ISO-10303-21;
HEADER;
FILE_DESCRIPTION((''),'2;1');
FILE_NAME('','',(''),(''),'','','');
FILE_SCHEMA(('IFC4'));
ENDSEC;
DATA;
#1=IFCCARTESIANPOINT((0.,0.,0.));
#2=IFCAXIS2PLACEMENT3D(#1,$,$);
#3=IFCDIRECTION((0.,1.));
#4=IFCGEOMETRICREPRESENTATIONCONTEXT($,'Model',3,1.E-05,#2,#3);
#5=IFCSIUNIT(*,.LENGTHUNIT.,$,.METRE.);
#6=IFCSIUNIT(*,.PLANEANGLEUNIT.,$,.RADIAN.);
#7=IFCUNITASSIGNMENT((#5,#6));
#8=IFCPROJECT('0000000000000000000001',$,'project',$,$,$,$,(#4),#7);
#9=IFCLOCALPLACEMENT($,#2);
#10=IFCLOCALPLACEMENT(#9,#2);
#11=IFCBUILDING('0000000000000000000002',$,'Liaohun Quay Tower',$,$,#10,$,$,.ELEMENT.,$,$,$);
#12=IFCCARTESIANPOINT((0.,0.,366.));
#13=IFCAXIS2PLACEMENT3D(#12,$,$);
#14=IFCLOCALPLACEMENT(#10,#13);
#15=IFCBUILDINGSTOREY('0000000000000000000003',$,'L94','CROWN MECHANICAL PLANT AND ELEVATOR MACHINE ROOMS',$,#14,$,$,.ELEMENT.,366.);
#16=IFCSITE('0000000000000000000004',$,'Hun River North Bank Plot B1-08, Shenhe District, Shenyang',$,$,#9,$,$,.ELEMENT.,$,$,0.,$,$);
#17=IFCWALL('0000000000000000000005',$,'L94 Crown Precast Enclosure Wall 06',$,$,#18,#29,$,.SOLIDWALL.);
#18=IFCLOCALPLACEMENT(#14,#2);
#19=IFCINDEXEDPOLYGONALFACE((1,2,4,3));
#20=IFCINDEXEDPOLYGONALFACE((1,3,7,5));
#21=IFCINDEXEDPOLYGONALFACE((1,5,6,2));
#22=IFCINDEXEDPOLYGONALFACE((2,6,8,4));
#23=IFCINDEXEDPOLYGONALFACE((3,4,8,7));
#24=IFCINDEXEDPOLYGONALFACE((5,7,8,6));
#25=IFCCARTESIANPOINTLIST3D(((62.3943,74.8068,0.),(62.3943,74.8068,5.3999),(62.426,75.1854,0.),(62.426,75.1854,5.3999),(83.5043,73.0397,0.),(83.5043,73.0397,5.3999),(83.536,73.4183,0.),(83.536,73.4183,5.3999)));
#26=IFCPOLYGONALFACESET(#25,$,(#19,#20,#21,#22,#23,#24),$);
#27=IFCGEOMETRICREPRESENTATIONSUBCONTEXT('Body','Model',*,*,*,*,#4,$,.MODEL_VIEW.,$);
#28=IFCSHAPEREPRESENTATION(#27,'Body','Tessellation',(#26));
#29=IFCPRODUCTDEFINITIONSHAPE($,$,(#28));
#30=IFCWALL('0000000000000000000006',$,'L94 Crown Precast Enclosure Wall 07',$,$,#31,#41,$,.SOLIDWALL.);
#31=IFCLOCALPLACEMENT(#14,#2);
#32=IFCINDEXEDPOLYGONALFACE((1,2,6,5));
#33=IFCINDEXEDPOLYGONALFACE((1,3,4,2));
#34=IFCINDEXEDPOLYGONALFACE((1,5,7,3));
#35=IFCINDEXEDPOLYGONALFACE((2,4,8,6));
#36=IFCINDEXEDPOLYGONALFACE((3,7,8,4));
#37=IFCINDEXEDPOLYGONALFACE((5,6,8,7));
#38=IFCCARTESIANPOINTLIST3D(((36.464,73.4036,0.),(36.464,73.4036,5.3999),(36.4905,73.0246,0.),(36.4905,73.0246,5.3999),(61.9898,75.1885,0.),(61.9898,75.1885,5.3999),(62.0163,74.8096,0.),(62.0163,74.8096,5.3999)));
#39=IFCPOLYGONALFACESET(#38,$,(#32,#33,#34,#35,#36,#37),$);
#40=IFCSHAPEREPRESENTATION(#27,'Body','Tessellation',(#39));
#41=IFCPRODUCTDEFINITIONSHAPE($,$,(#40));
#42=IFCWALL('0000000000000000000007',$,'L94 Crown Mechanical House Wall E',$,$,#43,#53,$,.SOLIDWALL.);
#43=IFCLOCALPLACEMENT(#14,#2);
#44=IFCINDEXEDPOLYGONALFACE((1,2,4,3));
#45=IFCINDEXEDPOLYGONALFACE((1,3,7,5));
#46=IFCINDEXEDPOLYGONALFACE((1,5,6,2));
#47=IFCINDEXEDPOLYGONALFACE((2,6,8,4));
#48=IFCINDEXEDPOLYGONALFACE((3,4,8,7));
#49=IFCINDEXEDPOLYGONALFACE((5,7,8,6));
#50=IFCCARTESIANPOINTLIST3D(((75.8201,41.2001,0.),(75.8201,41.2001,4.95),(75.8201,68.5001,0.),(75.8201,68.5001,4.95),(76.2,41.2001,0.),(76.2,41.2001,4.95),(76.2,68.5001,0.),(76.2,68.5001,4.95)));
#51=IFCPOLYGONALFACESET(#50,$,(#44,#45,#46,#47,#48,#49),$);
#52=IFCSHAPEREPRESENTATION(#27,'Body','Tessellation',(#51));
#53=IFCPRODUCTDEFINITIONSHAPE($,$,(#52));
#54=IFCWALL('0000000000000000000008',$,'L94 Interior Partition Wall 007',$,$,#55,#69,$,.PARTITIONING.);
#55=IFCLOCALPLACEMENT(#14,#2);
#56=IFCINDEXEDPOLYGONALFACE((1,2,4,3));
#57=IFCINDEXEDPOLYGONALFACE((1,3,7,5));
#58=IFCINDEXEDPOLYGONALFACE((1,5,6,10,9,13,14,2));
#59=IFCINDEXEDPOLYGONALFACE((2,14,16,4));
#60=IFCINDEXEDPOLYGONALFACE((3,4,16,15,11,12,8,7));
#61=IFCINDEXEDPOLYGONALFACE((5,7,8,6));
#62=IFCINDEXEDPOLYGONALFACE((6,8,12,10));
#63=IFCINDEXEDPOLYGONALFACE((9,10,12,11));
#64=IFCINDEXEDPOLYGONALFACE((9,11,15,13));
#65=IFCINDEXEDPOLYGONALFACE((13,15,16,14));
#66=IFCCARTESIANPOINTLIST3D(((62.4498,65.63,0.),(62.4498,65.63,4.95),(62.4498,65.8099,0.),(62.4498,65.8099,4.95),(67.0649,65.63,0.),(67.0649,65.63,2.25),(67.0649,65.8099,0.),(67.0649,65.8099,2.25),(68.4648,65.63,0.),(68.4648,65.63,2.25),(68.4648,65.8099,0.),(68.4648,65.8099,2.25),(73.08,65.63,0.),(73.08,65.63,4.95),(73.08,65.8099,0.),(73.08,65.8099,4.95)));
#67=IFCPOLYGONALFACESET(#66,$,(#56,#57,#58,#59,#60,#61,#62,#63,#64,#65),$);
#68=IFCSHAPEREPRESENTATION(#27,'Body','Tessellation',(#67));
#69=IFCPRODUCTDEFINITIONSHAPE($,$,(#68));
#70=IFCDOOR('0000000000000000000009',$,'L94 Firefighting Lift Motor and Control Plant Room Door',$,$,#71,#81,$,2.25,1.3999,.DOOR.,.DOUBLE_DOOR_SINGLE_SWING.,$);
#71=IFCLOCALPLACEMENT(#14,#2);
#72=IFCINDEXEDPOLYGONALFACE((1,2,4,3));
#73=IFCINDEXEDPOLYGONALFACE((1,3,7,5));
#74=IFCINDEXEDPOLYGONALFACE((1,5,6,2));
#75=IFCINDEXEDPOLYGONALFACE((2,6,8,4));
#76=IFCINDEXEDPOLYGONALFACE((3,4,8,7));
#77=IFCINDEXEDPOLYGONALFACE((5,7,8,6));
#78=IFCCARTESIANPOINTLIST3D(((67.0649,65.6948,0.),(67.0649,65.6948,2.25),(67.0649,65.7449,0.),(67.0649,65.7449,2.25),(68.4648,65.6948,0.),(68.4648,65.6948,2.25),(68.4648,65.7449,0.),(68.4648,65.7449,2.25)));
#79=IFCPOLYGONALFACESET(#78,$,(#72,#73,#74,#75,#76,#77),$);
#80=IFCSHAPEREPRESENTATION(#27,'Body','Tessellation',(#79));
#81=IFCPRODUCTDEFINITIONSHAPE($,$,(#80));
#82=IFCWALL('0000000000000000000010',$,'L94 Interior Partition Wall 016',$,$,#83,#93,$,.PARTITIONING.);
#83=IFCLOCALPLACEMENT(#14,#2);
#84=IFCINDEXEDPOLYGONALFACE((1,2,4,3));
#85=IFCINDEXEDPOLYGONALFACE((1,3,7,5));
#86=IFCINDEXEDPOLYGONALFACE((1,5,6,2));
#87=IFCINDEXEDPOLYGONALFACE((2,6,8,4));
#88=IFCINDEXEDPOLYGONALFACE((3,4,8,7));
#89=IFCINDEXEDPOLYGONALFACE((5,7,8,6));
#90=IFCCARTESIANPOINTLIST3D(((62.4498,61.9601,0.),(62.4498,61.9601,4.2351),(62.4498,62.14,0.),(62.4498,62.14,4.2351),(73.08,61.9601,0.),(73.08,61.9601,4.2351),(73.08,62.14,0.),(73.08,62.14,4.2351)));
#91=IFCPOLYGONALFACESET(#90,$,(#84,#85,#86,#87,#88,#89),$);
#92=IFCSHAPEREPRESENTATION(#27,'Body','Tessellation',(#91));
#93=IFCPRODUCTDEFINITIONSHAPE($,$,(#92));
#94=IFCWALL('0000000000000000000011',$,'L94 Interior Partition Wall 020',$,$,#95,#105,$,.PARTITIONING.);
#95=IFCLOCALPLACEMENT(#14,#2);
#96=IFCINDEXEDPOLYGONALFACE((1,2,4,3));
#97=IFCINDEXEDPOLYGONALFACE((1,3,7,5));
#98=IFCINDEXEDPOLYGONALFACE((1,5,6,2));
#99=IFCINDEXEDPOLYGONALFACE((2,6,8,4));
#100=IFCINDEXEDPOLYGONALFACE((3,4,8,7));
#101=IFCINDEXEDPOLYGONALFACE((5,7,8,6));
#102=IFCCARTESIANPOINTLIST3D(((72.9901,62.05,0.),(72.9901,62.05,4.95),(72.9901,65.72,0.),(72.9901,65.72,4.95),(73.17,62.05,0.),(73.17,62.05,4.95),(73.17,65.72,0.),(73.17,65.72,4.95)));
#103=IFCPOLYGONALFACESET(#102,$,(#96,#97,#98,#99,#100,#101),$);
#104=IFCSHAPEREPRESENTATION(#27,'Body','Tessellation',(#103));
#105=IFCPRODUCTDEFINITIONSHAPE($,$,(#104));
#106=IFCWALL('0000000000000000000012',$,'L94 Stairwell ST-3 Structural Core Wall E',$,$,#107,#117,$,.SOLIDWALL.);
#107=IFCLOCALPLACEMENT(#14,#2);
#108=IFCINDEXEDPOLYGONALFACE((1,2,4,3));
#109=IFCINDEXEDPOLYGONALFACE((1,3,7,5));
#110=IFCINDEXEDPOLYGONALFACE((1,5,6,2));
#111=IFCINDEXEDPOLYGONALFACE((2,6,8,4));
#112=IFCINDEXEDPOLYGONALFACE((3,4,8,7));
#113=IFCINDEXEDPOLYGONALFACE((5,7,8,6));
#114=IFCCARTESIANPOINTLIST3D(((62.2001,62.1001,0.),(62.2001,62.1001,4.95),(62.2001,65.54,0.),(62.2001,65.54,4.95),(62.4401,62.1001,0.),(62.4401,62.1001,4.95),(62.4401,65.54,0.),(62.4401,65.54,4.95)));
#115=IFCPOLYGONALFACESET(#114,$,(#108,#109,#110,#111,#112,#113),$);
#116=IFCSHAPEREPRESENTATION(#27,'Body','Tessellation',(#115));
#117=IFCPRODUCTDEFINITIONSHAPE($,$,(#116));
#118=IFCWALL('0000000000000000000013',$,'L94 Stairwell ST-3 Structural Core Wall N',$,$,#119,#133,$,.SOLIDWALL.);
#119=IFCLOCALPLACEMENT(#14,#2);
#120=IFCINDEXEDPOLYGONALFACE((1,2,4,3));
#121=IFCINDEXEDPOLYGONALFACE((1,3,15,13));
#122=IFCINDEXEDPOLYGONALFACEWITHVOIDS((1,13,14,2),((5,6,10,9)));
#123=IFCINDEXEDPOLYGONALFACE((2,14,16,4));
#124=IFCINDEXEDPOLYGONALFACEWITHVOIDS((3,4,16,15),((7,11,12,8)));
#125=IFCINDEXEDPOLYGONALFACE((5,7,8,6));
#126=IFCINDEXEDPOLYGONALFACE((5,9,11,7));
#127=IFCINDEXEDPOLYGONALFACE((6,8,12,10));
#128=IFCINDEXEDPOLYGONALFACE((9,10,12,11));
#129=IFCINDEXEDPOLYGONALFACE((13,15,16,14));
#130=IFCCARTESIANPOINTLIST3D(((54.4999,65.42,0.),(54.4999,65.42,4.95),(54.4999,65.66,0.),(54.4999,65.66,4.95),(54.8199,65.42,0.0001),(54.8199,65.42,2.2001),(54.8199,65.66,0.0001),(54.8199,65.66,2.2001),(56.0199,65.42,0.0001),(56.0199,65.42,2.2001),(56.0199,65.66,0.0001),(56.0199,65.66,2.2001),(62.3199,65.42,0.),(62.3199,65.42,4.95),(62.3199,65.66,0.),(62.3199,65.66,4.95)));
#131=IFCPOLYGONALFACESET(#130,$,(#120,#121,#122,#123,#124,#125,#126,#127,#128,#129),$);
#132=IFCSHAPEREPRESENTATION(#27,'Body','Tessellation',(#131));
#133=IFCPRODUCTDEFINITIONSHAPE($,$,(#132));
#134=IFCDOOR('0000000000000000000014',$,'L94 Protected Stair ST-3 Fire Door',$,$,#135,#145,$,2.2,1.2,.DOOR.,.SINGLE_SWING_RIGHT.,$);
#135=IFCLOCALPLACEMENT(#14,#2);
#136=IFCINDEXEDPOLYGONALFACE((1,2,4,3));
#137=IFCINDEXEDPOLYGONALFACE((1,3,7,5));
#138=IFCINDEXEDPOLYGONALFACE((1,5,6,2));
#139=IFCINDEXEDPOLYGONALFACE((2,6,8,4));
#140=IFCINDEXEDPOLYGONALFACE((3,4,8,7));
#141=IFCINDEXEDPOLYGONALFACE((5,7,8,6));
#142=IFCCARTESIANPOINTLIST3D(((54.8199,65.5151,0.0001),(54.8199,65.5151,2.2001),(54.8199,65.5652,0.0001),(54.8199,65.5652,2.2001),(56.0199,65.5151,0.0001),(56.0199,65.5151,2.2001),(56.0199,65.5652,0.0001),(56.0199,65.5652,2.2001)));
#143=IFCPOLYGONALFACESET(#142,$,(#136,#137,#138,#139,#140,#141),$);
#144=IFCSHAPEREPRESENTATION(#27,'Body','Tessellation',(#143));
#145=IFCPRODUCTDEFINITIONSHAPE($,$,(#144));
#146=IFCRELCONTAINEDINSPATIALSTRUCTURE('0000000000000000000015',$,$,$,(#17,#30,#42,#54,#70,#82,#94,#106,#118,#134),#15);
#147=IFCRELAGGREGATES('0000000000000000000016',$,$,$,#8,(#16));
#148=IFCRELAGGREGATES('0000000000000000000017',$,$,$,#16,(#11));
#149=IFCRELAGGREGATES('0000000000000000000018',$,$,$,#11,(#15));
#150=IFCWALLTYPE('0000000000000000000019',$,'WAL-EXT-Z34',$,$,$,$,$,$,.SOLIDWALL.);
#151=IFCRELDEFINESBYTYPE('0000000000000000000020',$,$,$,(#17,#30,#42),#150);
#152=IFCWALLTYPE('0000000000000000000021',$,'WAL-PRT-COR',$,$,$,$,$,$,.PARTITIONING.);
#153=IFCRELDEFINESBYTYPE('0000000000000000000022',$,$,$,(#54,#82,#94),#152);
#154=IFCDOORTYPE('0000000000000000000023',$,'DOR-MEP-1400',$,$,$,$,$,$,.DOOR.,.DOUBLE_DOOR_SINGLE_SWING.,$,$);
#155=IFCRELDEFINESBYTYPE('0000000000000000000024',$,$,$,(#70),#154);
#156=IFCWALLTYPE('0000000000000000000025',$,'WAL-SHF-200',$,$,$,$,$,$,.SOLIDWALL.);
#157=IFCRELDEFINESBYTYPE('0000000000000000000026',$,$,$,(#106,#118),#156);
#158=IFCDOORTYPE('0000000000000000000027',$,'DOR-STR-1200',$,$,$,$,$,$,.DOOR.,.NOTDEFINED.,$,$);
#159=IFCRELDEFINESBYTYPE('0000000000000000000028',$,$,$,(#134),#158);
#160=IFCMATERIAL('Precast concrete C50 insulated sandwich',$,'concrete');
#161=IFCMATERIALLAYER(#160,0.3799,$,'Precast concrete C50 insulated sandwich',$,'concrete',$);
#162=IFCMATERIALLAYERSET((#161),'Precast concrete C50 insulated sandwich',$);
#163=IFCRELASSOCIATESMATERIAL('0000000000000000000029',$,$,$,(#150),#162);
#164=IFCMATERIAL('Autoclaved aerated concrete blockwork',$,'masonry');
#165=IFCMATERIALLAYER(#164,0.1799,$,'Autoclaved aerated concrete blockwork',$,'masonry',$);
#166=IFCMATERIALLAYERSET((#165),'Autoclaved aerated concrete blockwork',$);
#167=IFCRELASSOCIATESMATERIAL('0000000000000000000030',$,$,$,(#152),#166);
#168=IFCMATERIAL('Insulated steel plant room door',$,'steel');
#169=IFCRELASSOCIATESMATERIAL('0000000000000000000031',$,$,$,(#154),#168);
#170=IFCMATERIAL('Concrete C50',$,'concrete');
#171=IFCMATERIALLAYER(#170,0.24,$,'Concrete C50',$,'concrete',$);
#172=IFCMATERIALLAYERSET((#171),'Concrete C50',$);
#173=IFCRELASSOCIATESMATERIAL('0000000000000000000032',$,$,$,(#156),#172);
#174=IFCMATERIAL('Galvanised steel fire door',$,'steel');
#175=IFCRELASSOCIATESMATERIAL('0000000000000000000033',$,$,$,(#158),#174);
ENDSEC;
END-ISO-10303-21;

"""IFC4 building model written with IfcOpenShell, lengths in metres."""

from ifc_helpers import new_model, si_unit, direction, frame, frame_2d, origin, place, context, subcontext, project, spatial, rectangle, extrude, source, transform, mapped, material, layer, layer_set, type_object, element, fill, save


model = new_model("IFC4")

# Units and contexts
model_context = context("Model", 3, precision=1e-05, world=origin(), true_north=direction((0.0, 1.0)))
body_context = subcontext(model_context, "Body", "Model", "MODEL_VIEW")
ifc_project = project(units=[si_unit("LENGTHUNIT", "METRE"), si_unit("PLANEANGLEUNIT", "RADIAN")], contexts=[model_context])

# Site, building, storey
site_placement = place(None, origin())
site = spatial("IfcSite", under=ifc_project, at=site_placement, Name="Hun River North Bank Plot B1-08, Shenhe District, Shenyang", CompositionType="ELEMENT", RefElevation=0.0)
building_placement = place(site_placement, origin())
building = spatial("IfcBuilding", under=site, at=building_placement, Name="Liaohun Quay Tower", CompositionType="ELEMENT")
storey_placement = place(building_placement, frame((0.0, 0.0, 366.0)))
storey = spatial("IfcBuildingStorey", under=building, at=storey_placement, Name="L94", Description="CROWN MECHANICAL PLANT AND ELEVATOR MACHINE ROOMS", CompositionType="ELEMENT", Elevation=366.0)

# Shared definitions
ifc_material_1 = material(Name="Concrete C50", Category="concrete")

# Walls
ifc_material_2 = material(Name="Precast concrete C50 insulated sandwich", Category="concrete")
ifc_layer_1 = layer(ifc_material_2, 0.3799, Name="Precast concrete C50 insulated sandwich", Category="concrete")
ifc_layer_set_1 = layer_set([ifc_layer_1], Name="Precast concrete C50 insulated sandwich")
wall_type_1 = type_object("IfcWallType", Name="WAL-EXT-Z34", PredefinedType="SOLIDWALL", material=ifc_layer_set_1)
wall_1_placement = place(storey_placement, frame((83.52, 73.229, 0.0), z_axis=(0.0, 0.0, 1.0), x_axis=(-0.996515, 0.083416, 0.0)))
element("IfcWall", 1, at=wall_1_placement, inside=storey, type_object=wall_type_1, Name="L94 Crown Precast Enclosure Wall 06", PredefinedType="SOLIDWALL", context=body_context, shape_type="SweptSolid", body=[
    extrude(rectangle(XDim=21.1838, YDim=0.3799, at=frame_2d((10.5918, 0.0))), origin(), (0.0, 0.0, 1.0), 5.3999),
])
wall_2_placement = place(storey_placement, frame((62.0029, 74.999, 0.0), z_axis=(0.0, 0.0, 1.0), x_axis=(-0.997564, -0.069755, 0.0)))
element("IfcWall", 2, at=wall_2_placement, inside=storey, type_object=wall_type_1, Name="L94 Crown Precast Enclosure Wall 07", PredefinedType="SOLIDWALL", context=body_context, shape_type="SweptSolid", body=[
    extrude(rectangle(XDim=25.5881, YDim=0.3799, at=frame_2d((12.7939, 0.0))), origin(), (0.0, 0.0, 1.0), 5.3999),
])
wall_3_placement = place(storey_placement, frame((76.01, 68.5, 0.0), z_axis=(0.0, 0.0, 1.0), x_axis=(0.0, -1.0, 0.0)))
element("IfcWall", 3, at=wall_3_placement, inside=storey, type_object=wall_type_1, Name="L94 Crown Mechanical House Wall E", PredefinedType="SOLIDWALL", context=body_context, shape_type="SweptSolid", body=[
    extrude(rectangle(XDim=27.3, YDim=0.3799, at=frame_2d((13.6499, 0.0))), origin(), (0.0, 0.0, 1.0), 4.95),
])

# Wall, opening, door
ifc_material_3 = material(Name="Autoclaved aerated concrete blockwork", Category="masonry")
ifc_layer_2 = layer(ifc_material_3, 0.1799, Name="Autoclaved aerated concrete blockwork", Category="masonry")
ifc_layer_set_2 = layer_set([ifc_layer_2], Name="Autoclaved aerated concrete blockwork")
wall_type_2 = type_object("IfcWallType", Name="WAL-PRT-COR", PredefinedType="PARTITIONING", material=ifc_layer_set_2)
wall_4_placement = place(storey_placement, frame((62.45, 65.72, 0.0), z_axis=(0.0, 0.0, 1.0), x_axis=(1.0, 0.0, 0.0)))
wall_4 = element("IfcWall", 4, at=wall_4_placement, inside=storey, type_object=wall_type_2, Name="L94 Interior Partition Wall 007", PredefinedType="PARTITIONING", context=body_context, shape_type="SweptSolid", body=[
    extrude(rectangle(XDim=10.6301, YDim=0.1799, at=frame_2d((5.3149, 0.0))), origin(), (0.0, 0.0, 1.0), 4.95),
])
shared_shape_1 = source(origin(), body_context, "Body", "SweptSolid", [
    extrude(rectangle(XDim=1.3999, YDim=2.25, at=frame_2d((0.7, 1.125))), frame((0.0, 0.0999, 0.0), z_axis=(0.0, -1.0, 0.0), x_axis=(1.0, 0.0, 0.0)), (0.0, 0.0, 1.0), 0.2),
])
opening_1_placement = place(wall_4_placement, frame((4.615, 0.0, 0.0)))
opening_1 = element("IfcOpeningElement", 5, at=opening_1_placement, cuts=wall_4, PredefinedType="OPENING", context=body_context, shape_type="MappedRepresentation", body=[
    mapped(shared_shape_1, transform((0.0, 0.0, 0.0), x_axis=(1.0, 0.0, 0.0), y_axis=(0.0, 1.0, 0.0), z_axis=(0.0, 0.0, 1.0), scale=1.0)),
])
ifc_material_4 = material(Name="Insulated steel plant room door", Category="steel")
door_type_1 = type_object("IfcDoorType", Name="DOR-MEP-1400", OperationType="DOUBLE_DOOR_SINGLE_SWING", PredefinedType="DOOR", material=ifc_material_4)
shared_shape_2 = source(origin(), body_context, "Body", "SweptSolid", [
    extrude(rectangle(XDim=1.3999, YDim=2.25, at=frame_2d((0.7, 1.125))), frame((0.0, 0.0249, 0.0), z_axis=(0.0, -1.0, 0.0), x_axis=(1.0, 0.0, 0.0)), (0.0, 0.0, 1.0), 0.05),
])
door_1_placement = place(opening_1_placement, origin())
door_1 = element("IfcDoor", 6, at=door_1_placement, inside=storey, type_object=door_type_1, Name="L94 Firefighting Lift Motor and Control Plant Room Door", OperationType="DOUBLE_DOOR_SINGLE_SWING", OverallHeight=2.25, OverallWidth=1.3999, PredefinedType="DOOR", context=body_context, shape_type="MappedRepresentation", body=[
    mapped(shared_shape_2, transform((0.0, 0.0, 0.0), x_axis=(1.0, 0.0, 0.0), y_axis=(0.0, 1.0, 0.0), z_axis=(0.0, 0.0, 1.0), scale=1.0)),
])
fill(opening_1, door_1)

# Walls
wall_5_placement = place(storey_placement, frame((62.45, 62.05, 0.0), z_axis=(0.0, 0.0, 1.0), x_axis=(1.0, 0.0, 0.0)))
element("IfcWall", 7, at=wall_5_placement, inside=storey, type_object=wall_type_2, Name="L94 Interior Partition Wall 016", PredefinedType="PARTITIONING", context=body_context, shape_type="SweptSolid", body=[
    extrude(rectangle(XDim=10.6301, YDim=0.1799, at=frame_2d((5.3149, 0.0))), origin(), (0.0, 0.0, 1.0), 4.2351),
])
wall_6_placement = place(storey_placement, frame((73.0801, 62.05, 0.0), z_axis=(0.0, 0.0, 1.0), x_axis=(0.0, 1.0, 0.0)))
element("IfcWall", 8, at=wall_6_placement, inside=storey, type_object=wall_type_2, Name="L94 Interior Partition Wall 020", PredefinedType="PARTITIONING", context=body_context, shape_type="SweptSolid", body=[
    extrude(rectangle(XDim=3.6699, YDim=0.1799, at=frame_2d((1.835, 0.0))), origin(), (0.0, 0.0, 1.0), 4.95),
])
ifc_layer_3 = layer(ifc_material_1, 0.24, Name="Concrete C50", Category="concrete")
ifc_layer_set_3 = layer_set([ifc_layer_3], Name="Concrete C50")
wall_type_3 = type_object("IfcWallType", Name="WAL-SHF-200", PredefinedType="SOLIDWALL", material=ifc_layer_set_3)
wall_7_placement = place(storey_placement, frame((62.3201, 62.1001, 0.0), z_axis=(0.0, 0.0, 1.0), x_axis=(0.0, 1.0, 0.0)))
element("IfcWall", 9, at=wall_7_placement, inside=storey, type_object=wall_type_3, Name="L94 Stairwell ST-3 Structural Core Wall E", PredefinedType="SOLIDWALL", context=body_context, shape_type="SweptSolid", body=[
    extrude(rectangle(XDim=3.4399, YDim=0.24, at=frame_2d((1.72, 0.0))), origin(), (0.0, 0.0, 1.0), 4.95),
])

# Wall, opening, door
wall_8_placement = place(storey_placement, frame((62.3201, 65.54, 0.0), z_axis=(0.0, 0.0, 1.0), x_axis=(-1.0, 0.0, 0.0)))
wall_8 = element("IfcWall", 10, at=wall_8_placement, inside=storey, type_object=wall_type_3, Name="L94 Stairwell ST-3 Structural Core Wall N", PredefinedType="SOLIDWALL", context=body_context, shape_type="SweptSolid", body=[
    extrude(rectangle(XDim=7.8201, YDim=0.24, at=frame_2d((3.9102, 0.0))), origin(), (0.0, 0.0, 1.0), 4.95),
])
shared_shape_3 = source(origin(), body_context, "Body", "SweptSolid", [
    extrude(rectangle(XDim=1.2, YDim=2.2, at=frame_2d((0.6001, 1.1001))), frame((0.0, 0.1299, 0.0), z_axis=(0.0, -1.0, 0.0), x_axis=(1.0, 0.0, 0.0)), (0.0, 0.0, 1.0), 0.26),
])
opening_2_placement = place(wall_8_placement, frame((6.3, 0.0, 0.0)))
opening_2 = element("IfcOpeningElement", 11, at=opening_2_placement, cuts=wall_8, PredefinedType="OPENING", context=body_context, shape_type="MappedRepresentation", body=[
    mapped(shared_shape_3, transform((0.0, 0.0, 0.0), x_axis=(1.0, 0.0, 0.0), y_axis=(0.0, 1.0, 0.0), z_axis=(0.0, 0.0, 1.0), scale=1.0)),
])
ifc_material_5 = material(Name="Galvanised steel fire door", Category="steel")
door_type_2 = type_object("IfcDoorType", Name="DOR-STR-1200", OperationType="NOTDEFINED", PredefinedType="DOOR", material=ifc_material_5)
shared_shape_4 = source(origin(), body_context, "Body", "SweptSolid", [
    extrude(rectangle(XDim=1.2, YDim=2.2, at=frame_2d((0.6001, 1.1001))), frame((0.0, 0.0249, 0.0), z_axis=(0.0, -1.0, 0.0), x_axis=(1.0, 0.0, 0.0)), (0.0, 0.0, 1.0), 0.05),
])
door_2_placement = place(opening_2_placement, origin())
door_2 = element("IfcDoor", 12, at=door_2_placement, inside=storey, type_object=door_type_2, Name="L94 Protected Stair ST-3 Fire Door", OperationType="SINGLE_SWING_RIGHT", OverallHeight=2.2, OverallWidth=1.2, PredefinedType="DOOR", context=body_context, shape_type="MappedRepresentation", body=[
    mapped(shared_shape_4, transform((0.0, 0.0, 0.0), x_axis=(1.0, 0.0, 0.0), y_axis=(0.0, 1.0, 0.0), z_axis=(0.0, 0.0, 1.0), scale=1.0)),
])
fill(opening_2, door_2)

save(model, "model.ifc")
